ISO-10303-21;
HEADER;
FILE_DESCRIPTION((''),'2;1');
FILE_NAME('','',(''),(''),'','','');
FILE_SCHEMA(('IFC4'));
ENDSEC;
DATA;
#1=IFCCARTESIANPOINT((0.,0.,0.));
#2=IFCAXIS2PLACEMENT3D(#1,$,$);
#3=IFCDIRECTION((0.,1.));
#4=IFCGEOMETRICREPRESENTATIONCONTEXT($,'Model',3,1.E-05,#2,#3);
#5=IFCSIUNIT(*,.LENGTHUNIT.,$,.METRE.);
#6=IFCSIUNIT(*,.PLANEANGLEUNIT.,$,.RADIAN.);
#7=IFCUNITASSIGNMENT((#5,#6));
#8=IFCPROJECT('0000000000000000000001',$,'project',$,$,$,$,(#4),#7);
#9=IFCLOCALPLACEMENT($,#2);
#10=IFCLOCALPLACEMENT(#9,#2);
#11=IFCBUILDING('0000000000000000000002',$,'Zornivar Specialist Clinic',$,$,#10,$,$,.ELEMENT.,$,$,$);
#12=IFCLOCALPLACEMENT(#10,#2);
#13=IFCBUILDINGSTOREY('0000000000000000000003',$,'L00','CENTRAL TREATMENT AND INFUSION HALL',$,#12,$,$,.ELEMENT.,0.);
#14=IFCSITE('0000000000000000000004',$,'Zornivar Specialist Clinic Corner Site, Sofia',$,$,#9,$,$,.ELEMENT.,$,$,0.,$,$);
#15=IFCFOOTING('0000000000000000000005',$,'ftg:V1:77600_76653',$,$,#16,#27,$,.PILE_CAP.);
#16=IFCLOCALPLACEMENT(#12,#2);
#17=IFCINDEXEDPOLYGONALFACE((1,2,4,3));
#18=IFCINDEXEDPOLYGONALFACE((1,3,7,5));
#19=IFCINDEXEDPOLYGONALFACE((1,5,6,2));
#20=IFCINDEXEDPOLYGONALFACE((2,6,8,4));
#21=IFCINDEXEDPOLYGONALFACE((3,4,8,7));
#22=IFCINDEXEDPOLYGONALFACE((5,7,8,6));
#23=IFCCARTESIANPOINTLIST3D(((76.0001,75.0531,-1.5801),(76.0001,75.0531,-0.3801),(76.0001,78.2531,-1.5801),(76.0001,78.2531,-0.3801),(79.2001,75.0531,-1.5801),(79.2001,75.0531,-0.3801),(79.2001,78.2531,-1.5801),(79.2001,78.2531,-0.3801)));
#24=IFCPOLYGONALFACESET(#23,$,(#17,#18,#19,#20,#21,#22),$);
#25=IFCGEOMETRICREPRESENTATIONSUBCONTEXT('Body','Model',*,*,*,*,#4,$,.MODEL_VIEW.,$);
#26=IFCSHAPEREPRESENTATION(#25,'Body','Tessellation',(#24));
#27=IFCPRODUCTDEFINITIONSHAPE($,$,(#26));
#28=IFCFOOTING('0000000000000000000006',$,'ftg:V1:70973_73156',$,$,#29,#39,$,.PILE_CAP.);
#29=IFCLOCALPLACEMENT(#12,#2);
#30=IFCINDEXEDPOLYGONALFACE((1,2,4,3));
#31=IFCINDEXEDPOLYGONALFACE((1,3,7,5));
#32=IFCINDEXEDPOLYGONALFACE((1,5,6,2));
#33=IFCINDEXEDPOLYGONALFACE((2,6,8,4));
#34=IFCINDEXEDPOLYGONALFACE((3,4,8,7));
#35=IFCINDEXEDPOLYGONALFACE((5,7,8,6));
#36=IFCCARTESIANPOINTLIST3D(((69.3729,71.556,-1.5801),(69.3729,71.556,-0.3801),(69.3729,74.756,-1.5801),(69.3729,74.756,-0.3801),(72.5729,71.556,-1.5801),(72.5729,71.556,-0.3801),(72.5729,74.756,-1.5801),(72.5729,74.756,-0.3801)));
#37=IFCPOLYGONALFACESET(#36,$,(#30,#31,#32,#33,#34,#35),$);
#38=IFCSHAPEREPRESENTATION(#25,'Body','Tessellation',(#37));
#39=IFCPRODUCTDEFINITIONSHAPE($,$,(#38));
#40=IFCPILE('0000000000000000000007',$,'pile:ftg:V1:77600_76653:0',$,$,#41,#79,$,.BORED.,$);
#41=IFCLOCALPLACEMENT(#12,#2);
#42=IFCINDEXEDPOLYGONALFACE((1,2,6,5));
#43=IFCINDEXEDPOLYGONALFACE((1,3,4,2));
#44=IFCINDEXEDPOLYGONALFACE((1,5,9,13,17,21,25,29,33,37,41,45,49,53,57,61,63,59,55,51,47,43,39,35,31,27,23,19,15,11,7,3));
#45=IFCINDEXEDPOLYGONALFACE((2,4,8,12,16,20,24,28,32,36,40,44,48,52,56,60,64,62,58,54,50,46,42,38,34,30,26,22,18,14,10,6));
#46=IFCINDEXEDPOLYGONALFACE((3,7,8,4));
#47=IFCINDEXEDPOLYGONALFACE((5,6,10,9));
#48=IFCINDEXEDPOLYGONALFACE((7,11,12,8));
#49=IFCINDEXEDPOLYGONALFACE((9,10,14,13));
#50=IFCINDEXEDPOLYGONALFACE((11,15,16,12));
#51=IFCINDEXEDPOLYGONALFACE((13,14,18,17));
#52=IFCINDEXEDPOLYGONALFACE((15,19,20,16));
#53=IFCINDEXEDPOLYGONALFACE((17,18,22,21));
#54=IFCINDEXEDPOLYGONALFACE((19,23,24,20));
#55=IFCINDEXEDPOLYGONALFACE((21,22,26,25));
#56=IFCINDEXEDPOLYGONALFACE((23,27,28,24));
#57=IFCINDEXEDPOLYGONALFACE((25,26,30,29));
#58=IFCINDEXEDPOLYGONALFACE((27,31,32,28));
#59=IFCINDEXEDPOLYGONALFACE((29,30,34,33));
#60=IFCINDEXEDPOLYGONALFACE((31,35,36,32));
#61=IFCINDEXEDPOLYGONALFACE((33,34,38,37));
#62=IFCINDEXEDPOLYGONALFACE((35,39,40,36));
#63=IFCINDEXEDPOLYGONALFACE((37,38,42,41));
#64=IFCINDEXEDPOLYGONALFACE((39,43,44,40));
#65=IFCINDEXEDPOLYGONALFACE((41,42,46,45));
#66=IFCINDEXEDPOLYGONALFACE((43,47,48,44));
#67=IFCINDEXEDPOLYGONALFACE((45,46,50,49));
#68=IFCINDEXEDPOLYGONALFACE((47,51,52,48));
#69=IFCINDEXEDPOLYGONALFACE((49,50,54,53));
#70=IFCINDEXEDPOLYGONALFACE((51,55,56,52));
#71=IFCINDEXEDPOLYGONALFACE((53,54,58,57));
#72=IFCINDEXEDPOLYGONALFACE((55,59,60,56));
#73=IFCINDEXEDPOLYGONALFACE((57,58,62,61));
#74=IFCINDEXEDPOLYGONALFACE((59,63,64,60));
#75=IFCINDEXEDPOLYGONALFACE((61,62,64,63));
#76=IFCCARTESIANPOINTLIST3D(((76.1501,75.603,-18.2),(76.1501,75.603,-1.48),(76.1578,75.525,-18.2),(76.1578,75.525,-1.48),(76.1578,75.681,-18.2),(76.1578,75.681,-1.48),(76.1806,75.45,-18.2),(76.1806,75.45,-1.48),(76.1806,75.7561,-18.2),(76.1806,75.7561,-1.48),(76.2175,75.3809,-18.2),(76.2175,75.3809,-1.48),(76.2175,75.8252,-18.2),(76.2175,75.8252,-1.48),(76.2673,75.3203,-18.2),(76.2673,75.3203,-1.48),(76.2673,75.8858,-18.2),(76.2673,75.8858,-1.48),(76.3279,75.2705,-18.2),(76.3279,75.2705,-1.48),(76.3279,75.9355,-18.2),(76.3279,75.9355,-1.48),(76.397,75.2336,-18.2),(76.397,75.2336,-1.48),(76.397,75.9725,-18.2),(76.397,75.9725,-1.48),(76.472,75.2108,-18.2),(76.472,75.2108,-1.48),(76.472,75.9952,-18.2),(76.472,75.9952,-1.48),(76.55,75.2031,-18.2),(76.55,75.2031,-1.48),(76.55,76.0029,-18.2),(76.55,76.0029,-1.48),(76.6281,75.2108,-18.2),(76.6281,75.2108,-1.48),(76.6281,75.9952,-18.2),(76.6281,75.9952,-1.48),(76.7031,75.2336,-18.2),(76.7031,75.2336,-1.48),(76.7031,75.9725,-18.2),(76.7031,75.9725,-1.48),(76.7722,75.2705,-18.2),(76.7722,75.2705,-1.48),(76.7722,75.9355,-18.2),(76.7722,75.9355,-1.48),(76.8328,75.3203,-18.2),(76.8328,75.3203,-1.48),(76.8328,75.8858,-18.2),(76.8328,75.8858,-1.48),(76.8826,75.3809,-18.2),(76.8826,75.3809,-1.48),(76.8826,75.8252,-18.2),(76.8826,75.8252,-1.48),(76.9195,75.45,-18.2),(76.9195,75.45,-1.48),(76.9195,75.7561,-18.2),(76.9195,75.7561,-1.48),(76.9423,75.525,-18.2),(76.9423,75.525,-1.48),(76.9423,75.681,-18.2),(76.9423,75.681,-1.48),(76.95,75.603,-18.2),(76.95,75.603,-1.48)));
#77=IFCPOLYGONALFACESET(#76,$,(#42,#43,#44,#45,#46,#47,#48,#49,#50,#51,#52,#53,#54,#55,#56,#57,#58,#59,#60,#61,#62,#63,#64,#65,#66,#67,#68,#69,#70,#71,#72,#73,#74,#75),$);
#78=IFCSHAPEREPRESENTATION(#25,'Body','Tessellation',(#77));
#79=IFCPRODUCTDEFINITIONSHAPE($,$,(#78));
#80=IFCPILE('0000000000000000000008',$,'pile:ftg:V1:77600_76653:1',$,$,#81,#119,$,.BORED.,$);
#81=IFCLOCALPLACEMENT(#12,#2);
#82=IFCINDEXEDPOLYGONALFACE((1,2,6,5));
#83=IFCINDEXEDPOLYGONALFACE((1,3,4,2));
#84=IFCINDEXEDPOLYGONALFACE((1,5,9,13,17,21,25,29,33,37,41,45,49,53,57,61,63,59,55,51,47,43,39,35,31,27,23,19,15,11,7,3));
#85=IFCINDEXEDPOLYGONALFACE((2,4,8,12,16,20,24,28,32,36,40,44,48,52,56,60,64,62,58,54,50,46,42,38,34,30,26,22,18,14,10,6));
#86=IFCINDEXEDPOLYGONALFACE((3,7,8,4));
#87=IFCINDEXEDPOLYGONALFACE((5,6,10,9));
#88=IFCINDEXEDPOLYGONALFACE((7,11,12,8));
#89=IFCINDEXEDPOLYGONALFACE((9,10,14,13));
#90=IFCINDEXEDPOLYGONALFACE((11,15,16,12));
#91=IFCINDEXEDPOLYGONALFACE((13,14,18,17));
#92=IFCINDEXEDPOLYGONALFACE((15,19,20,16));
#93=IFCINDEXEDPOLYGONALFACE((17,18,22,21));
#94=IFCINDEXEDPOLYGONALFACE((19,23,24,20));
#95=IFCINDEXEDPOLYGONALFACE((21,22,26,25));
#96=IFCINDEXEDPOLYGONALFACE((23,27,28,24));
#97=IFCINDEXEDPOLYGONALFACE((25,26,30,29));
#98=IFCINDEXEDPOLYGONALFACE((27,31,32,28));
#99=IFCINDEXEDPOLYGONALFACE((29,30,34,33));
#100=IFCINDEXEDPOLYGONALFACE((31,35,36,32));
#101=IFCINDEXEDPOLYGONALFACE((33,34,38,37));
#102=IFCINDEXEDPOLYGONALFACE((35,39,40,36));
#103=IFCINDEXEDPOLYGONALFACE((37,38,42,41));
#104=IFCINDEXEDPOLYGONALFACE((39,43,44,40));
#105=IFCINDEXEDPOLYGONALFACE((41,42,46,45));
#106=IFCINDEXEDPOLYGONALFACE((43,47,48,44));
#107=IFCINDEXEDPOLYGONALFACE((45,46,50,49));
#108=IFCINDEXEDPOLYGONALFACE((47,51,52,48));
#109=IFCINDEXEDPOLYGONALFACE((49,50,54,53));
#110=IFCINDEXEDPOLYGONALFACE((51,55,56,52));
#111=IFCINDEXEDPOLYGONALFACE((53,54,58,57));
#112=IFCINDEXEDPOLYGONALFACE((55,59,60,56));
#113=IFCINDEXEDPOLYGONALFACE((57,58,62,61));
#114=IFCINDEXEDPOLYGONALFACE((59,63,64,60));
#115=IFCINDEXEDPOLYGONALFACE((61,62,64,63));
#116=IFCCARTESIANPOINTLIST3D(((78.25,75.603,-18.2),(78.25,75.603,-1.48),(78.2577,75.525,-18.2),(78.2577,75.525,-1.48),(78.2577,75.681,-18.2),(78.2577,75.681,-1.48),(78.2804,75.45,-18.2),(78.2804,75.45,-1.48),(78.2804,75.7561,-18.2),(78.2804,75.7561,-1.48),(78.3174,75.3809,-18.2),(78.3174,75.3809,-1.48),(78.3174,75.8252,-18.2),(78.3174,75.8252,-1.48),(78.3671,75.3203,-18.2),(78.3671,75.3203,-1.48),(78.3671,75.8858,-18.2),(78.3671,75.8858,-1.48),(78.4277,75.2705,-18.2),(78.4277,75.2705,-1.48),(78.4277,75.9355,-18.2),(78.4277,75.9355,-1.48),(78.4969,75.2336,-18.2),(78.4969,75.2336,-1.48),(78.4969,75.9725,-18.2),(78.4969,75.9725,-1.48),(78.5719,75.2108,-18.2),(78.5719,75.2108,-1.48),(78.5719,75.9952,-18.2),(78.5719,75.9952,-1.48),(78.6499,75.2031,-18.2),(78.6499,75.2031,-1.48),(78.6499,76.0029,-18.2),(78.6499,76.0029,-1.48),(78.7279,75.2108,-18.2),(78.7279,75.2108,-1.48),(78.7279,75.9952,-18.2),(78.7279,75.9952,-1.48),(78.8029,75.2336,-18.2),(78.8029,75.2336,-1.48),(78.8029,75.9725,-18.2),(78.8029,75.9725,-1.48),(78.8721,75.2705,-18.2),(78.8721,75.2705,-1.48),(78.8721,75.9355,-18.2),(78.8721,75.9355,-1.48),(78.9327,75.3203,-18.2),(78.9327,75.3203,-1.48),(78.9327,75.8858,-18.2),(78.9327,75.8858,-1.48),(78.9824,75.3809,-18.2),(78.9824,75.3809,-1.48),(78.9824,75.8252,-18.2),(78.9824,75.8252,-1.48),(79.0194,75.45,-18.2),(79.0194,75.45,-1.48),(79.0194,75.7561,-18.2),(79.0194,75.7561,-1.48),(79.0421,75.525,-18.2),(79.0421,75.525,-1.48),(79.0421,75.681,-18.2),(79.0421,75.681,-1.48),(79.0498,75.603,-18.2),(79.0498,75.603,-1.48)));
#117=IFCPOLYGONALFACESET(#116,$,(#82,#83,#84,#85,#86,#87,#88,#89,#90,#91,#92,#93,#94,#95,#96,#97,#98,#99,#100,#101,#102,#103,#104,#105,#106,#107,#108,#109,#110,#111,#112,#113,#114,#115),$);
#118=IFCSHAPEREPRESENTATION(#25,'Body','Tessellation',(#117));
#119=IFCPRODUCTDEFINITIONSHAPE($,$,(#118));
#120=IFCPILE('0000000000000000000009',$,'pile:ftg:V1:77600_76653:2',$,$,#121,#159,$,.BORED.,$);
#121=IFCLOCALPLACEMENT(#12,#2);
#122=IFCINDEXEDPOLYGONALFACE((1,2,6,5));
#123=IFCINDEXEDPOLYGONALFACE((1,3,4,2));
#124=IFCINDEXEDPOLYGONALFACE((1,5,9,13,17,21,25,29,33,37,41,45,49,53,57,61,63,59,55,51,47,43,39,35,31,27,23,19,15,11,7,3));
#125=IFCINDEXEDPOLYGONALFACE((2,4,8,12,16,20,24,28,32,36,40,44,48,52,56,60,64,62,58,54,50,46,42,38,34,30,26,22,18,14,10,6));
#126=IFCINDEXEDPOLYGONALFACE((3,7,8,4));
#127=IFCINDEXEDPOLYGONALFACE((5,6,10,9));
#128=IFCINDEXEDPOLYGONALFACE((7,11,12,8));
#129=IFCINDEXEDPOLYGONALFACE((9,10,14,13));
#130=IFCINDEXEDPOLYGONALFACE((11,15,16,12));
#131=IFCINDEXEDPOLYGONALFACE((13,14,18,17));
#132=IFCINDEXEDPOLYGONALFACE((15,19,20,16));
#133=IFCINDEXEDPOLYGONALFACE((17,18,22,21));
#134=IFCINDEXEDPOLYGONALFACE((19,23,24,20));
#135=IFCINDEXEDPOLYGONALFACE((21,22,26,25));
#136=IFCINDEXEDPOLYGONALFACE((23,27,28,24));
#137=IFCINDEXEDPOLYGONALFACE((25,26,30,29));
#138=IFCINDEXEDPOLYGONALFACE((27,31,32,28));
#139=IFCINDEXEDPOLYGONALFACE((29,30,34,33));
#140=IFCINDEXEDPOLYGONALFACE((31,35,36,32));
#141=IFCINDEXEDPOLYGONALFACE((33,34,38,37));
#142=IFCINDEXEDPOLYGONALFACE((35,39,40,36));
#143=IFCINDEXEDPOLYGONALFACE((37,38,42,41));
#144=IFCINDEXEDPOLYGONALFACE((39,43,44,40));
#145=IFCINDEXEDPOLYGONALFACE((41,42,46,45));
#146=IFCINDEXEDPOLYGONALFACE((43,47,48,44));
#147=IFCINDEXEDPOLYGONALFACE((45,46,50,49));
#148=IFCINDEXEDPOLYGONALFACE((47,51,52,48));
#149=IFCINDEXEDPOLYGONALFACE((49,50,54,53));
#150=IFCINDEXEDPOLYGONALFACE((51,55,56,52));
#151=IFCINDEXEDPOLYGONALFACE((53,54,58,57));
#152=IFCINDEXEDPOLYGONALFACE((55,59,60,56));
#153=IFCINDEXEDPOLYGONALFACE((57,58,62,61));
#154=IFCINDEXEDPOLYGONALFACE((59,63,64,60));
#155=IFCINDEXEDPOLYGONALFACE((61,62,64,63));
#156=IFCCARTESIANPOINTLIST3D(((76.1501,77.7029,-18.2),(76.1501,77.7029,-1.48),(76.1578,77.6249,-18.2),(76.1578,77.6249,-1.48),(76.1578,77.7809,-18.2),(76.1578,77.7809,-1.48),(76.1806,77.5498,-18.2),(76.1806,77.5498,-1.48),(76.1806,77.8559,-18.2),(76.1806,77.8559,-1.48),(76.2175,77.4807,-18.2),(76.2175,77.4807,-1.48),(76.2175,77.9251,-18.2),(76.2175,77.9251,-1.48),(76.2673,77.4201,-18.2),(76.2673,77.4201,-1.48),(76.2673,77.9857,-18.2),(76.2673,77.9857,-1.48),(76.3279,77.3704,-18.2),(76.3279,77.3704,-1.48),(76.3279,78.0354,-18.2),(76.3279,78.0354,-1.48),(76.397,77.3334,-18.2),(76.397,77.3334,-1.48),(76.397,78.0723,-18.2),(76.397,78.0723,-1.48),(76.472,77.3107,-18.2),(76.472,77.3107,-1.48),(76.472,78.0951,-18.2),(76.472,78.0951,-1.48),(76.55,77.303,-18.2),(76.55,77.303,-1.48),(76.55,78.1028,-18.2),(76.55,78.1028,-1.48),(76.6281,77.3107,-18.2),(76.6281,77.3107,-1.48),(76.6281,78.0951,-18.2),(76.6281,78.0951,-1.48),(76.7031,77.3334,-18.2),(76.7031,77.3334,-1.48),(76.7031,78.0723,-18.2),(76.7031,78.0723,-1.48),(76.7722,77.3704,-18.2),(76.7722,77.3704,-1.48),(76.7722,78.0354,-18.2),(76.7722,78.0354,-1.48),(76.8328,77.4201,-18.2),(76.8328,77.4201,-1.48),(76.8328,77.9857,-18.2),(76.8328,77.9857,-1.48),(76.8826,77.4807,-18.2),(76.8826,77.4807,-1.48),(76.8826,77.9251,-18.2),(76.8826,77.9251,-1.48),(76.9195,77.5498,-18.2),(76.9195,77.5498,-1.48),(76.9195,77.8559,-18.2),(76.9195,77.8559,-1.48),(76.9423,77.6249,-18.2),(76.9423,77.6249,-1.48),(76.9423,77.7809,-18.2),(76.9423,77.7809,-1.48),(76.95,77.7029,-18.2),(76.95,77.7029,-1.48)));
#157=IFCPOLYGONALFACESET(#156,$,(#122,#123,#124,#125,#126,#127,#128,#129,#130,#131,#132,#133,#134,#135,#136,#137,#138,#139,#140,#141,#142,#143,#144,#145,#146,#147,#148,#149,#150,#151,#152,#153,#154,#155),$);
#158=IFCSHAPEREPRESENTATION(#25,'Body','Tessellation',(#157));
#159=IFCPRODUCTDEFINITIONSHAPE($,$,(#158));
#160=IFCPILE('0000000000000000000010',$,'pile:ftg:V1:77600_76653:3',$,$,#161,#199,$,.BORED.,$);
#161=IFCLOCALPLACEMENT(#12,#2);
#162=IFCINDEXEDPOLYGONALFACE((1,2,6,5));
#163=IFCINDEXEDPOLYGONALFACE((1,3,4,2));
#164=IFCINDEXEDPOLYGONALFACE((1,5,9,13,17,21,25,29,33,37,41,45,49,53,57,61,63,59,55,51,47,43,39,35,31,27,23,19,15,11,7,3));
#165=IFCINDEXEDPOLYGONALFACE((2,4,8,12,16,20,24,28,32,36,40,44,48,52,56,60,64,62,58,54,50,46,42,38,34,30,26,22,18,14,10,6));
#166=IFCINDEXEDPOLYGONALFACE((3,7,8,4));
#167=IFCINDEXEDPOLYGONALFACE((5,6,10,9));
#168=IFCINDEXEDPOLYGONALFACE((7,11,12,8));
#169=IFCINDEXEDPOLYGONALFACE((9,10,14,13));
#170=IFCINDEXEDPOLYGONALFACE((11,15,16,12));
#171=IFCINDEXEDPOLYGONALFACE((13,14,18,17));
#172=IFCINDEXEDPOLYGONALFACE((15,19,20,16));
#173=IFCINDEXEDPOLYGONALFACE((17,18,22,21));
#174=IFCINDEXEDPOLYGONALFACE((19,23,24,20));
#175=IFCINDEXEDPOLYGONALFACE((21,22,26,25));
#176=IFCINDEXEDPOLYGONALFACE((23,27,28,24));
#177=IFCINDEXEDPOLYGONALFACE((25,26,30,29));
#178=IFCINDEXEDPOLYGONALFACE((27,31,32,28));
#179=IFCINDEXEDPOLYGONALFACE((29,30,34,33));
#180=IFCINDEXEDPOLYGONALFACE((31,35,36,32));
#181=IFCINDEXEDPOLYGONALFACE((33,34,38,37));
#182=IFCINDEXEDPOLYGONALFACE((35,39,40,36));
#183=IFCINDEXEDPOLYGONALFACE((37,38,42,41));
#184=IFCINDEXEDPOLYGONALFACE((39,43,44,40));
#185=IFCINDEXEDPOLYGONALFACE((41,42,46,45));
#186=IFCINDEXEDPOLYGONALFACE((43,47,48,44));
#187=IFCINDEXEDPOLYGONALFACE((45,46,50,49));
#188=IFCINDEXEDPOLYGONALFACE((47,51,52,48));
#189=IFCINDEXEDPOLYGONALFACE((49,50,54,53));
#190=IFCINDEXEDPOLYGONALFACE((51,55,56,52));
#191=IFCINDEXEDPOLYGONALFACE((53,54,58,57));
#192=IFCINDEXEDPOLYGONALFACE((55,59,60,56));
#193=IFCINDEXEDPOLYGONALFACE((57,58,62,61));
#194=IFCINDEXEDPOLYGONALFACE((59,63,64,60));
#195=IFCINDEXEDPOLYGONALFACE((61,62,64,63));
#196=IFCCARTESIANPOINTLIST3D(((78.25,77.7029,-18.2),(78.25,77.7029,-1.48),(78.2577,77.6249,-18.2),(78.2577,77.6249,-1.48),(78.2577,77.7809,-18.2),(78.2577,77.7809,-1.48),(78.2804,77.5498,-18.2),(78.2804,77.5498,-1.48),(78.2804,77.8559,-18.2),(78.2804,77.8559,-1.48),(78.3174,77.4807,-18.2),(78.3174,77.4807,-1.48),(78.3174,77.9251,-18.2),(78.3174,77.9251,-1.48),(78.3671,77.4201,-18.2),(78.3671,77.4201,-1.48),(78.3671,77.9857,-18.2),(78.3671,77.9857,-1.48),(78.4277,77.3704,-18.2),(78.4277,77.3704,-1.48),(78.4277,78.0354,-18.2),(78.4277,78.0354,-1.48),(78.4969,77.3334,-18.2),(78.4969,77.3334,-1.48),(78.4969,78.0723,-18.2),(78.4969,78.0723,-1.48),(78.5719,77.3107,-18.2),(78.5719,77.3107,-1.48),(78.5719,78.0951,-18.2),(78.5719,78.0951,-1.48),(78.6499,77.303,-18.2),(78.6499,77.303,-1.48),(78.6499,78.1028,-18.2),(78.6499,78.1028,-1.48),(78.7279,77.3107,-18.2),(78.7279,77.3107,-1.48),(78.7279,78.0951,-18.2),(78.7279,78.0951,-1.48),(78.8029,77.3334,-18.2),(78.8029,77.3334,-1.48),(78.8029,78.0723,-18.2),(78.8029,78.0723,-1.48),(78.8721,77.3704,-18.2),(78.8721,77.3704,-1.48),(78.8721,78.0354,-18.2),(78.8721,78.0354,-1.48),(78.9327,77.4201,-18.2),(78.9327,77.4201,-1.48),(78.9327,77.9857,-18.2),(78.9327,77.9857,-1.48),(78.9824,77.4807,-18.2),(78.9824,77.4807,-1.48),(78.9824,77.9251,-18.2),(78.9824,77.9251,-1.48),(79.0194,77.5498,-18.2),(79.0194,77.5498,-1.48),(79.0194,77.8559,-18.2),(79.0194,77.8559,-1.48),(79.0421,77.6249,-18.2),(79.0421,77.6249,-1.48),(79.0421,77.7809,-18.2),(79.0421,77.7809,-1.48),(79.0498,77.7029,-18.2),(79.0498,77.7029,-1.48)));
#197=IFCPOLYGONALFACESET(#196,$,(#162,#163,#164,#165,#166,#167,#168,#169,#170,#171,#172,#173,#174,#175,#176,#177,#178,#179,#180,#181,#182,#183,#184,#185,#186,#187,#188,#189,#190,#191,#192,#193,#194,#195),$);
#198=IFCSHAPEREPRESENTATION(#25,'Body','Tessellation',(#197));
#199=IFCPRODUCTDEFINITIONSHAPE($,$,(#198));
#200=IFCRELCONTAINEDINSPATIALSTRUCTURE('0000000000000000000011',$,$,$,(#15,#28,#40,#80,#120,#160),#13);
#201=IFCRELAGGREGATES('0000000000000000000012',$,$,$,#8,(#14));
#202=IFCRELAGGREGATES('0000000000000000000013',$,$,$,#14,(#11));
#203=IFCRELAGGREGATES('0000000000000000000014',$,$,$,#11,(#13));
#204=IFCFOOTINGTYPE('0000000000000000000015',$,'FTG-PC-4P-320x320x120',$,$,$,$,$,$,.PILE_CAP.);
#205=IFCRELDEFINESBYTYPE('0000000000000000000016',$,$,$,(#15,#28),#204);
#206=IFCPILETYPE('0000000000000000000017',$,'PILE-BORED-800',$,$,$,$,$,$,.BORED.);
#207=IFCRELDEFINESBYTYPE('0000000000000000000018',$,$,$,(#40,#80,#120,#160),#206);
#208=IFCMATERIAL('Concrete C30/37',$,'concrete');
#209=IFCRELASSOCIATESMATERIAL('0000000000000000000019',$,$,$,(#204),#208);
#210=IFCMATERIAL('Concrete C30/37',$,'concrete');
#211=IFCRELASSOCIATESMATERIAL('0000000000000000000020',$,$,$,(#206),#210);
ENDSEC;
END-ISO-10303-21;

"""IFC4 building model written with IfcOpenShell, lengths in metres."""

from ifc_helpers import new_model, si_unit, direction, frame, origin, origin_2d, place, context, subcontext, project, spatial, rectangle, circle, extrude, material, material_profile, profile_set, type_object, element, save


model = new_model("IFC4")

# Units and contexts
model_context = context("Model", 3, precision=1e-05, world=origin(), true_north=direction((0.0, 1.0)))
body_context = subcontext(model_context, "Body", "Model", "MODEL_VIEW")
ifc_project = project(units=[si_unit("LENGTHUNIT", "METRE"), si_unit("PLANEANGLEUNIT", "RADIAN")], contexts=[model_context])

# Site, building, storey
site_placement = place(None, origin())
site = spatial("IfcSite", under=ifc_project, at=site_placement, Name="Zornivar Specialist Clinic Corner Site, Sofia", CompositionType="ELEMENT", RefElevation=0.0)
building_placement = place(site_placement, origin())
building = spatial("IfcBuilding", under=site, at=building_placement, Name="Zornivar Specialist Clinic", CompositionType="ELEMENT")
storey_placement = place(building_placement, origin())
storey = spatial("IfcBuildingStorey", under=building, at=storey_placement, Name="L00", Description="CENTRAL TREATMENT AND INFUSION HALL", CompositionType="ELEMENT", Elevation=0.0)

# Footings
ifc_material_1 = material(Name="Concrete C30/37", Category="concrete")
footing_type = type_object("IfcFootingType", Name="FTG-PC-4P-320x320x120", PredefinedType="PILE_CAP", material=ifc_material_1)
for number, where, z_axis, x_axis, name in (
    (1, (77.6001, 76.6531, -1.5801), (0.0, 0.0, 1.0), (1.0, 0.0, 0.0), "ftg:V1:77600_76653"),
    (2, (70.9729, 73.156, -1.5801), (0.0, 0.0, 1.0), (1.0, 0.0, 0.0), "ftg:V1:70973_73156"),
):
    element("IfcFooting", number, at=place(storey_placement, frame(where, z_axis=z_axis, x_axis=x_axis)), inside=storey, type_object=footing_type, Name=name, PredefinedType="PILE_CAP", context=body_context, shape_type="SweptSolid", body=[
        extrude(rectangle(XDim=3.2, YDim=3.2, at=origin_2d()), origin(), (0.0, 0.0, 1.0), 1.2),
    ])

# Piles
ifc_material_2 = material(Name="Concrete C30/37", Category="concrete")
ifc_material_profile_1 = material_profile(ifc_material_2, circle(Radius=0.3999, at=origin_2d()), Name="PILE D800")
ifc_profile_set_1 = profile_set([ifc_material_profile_1], Name="Concrete C30/37")
pile_type = type_object("IfcPileType", Name="PILE-BORED-800", PredefinedType="BORED", material=ifc_profile_set_1)
for number, where, z_axis, x_axis, name in (
    (3, (76.55, 75.603, -1.48), (0.0, 0.0, -1.0), (1.0, 0.0, 0.0), "pile:ftg:V1:77600_76653:0"),
    (4, (78.6499, 75.603, -1.48), (0.0, 0.0, -1.0), (1.0, 0.0, 0.0), "pile:ftg:V1:77600_76653:1"),
    (5, (76.55, 77.7029, -1.48), (0.0, 0.0, -1.0), (1.0, 0.0, 0.0), "pile:ftg:V1:77600_76653:2"),
    (6, (78.6499, 77.7029, -1.48), (0.0, 0.0, -1.0), (1.0, 0.0, 0.0), "pile:ftg:V1:77600_76653:3"),
):
    element("IfcPile", number, at=place(storey_placement, frame(where, z_axis=z_axis, x_axis=x_axis)), inside=storey, type_object=pile_type, Name=name, PredefinedType="BORED", context=body_context, shape_type="SweptSolid", body=[
        extrude(circle(Radius=0.3999, at=origin_2d()), origin(), (0.0, 0.0, 1.0), 16.72),
    ])

save(model, "model.ifc")
